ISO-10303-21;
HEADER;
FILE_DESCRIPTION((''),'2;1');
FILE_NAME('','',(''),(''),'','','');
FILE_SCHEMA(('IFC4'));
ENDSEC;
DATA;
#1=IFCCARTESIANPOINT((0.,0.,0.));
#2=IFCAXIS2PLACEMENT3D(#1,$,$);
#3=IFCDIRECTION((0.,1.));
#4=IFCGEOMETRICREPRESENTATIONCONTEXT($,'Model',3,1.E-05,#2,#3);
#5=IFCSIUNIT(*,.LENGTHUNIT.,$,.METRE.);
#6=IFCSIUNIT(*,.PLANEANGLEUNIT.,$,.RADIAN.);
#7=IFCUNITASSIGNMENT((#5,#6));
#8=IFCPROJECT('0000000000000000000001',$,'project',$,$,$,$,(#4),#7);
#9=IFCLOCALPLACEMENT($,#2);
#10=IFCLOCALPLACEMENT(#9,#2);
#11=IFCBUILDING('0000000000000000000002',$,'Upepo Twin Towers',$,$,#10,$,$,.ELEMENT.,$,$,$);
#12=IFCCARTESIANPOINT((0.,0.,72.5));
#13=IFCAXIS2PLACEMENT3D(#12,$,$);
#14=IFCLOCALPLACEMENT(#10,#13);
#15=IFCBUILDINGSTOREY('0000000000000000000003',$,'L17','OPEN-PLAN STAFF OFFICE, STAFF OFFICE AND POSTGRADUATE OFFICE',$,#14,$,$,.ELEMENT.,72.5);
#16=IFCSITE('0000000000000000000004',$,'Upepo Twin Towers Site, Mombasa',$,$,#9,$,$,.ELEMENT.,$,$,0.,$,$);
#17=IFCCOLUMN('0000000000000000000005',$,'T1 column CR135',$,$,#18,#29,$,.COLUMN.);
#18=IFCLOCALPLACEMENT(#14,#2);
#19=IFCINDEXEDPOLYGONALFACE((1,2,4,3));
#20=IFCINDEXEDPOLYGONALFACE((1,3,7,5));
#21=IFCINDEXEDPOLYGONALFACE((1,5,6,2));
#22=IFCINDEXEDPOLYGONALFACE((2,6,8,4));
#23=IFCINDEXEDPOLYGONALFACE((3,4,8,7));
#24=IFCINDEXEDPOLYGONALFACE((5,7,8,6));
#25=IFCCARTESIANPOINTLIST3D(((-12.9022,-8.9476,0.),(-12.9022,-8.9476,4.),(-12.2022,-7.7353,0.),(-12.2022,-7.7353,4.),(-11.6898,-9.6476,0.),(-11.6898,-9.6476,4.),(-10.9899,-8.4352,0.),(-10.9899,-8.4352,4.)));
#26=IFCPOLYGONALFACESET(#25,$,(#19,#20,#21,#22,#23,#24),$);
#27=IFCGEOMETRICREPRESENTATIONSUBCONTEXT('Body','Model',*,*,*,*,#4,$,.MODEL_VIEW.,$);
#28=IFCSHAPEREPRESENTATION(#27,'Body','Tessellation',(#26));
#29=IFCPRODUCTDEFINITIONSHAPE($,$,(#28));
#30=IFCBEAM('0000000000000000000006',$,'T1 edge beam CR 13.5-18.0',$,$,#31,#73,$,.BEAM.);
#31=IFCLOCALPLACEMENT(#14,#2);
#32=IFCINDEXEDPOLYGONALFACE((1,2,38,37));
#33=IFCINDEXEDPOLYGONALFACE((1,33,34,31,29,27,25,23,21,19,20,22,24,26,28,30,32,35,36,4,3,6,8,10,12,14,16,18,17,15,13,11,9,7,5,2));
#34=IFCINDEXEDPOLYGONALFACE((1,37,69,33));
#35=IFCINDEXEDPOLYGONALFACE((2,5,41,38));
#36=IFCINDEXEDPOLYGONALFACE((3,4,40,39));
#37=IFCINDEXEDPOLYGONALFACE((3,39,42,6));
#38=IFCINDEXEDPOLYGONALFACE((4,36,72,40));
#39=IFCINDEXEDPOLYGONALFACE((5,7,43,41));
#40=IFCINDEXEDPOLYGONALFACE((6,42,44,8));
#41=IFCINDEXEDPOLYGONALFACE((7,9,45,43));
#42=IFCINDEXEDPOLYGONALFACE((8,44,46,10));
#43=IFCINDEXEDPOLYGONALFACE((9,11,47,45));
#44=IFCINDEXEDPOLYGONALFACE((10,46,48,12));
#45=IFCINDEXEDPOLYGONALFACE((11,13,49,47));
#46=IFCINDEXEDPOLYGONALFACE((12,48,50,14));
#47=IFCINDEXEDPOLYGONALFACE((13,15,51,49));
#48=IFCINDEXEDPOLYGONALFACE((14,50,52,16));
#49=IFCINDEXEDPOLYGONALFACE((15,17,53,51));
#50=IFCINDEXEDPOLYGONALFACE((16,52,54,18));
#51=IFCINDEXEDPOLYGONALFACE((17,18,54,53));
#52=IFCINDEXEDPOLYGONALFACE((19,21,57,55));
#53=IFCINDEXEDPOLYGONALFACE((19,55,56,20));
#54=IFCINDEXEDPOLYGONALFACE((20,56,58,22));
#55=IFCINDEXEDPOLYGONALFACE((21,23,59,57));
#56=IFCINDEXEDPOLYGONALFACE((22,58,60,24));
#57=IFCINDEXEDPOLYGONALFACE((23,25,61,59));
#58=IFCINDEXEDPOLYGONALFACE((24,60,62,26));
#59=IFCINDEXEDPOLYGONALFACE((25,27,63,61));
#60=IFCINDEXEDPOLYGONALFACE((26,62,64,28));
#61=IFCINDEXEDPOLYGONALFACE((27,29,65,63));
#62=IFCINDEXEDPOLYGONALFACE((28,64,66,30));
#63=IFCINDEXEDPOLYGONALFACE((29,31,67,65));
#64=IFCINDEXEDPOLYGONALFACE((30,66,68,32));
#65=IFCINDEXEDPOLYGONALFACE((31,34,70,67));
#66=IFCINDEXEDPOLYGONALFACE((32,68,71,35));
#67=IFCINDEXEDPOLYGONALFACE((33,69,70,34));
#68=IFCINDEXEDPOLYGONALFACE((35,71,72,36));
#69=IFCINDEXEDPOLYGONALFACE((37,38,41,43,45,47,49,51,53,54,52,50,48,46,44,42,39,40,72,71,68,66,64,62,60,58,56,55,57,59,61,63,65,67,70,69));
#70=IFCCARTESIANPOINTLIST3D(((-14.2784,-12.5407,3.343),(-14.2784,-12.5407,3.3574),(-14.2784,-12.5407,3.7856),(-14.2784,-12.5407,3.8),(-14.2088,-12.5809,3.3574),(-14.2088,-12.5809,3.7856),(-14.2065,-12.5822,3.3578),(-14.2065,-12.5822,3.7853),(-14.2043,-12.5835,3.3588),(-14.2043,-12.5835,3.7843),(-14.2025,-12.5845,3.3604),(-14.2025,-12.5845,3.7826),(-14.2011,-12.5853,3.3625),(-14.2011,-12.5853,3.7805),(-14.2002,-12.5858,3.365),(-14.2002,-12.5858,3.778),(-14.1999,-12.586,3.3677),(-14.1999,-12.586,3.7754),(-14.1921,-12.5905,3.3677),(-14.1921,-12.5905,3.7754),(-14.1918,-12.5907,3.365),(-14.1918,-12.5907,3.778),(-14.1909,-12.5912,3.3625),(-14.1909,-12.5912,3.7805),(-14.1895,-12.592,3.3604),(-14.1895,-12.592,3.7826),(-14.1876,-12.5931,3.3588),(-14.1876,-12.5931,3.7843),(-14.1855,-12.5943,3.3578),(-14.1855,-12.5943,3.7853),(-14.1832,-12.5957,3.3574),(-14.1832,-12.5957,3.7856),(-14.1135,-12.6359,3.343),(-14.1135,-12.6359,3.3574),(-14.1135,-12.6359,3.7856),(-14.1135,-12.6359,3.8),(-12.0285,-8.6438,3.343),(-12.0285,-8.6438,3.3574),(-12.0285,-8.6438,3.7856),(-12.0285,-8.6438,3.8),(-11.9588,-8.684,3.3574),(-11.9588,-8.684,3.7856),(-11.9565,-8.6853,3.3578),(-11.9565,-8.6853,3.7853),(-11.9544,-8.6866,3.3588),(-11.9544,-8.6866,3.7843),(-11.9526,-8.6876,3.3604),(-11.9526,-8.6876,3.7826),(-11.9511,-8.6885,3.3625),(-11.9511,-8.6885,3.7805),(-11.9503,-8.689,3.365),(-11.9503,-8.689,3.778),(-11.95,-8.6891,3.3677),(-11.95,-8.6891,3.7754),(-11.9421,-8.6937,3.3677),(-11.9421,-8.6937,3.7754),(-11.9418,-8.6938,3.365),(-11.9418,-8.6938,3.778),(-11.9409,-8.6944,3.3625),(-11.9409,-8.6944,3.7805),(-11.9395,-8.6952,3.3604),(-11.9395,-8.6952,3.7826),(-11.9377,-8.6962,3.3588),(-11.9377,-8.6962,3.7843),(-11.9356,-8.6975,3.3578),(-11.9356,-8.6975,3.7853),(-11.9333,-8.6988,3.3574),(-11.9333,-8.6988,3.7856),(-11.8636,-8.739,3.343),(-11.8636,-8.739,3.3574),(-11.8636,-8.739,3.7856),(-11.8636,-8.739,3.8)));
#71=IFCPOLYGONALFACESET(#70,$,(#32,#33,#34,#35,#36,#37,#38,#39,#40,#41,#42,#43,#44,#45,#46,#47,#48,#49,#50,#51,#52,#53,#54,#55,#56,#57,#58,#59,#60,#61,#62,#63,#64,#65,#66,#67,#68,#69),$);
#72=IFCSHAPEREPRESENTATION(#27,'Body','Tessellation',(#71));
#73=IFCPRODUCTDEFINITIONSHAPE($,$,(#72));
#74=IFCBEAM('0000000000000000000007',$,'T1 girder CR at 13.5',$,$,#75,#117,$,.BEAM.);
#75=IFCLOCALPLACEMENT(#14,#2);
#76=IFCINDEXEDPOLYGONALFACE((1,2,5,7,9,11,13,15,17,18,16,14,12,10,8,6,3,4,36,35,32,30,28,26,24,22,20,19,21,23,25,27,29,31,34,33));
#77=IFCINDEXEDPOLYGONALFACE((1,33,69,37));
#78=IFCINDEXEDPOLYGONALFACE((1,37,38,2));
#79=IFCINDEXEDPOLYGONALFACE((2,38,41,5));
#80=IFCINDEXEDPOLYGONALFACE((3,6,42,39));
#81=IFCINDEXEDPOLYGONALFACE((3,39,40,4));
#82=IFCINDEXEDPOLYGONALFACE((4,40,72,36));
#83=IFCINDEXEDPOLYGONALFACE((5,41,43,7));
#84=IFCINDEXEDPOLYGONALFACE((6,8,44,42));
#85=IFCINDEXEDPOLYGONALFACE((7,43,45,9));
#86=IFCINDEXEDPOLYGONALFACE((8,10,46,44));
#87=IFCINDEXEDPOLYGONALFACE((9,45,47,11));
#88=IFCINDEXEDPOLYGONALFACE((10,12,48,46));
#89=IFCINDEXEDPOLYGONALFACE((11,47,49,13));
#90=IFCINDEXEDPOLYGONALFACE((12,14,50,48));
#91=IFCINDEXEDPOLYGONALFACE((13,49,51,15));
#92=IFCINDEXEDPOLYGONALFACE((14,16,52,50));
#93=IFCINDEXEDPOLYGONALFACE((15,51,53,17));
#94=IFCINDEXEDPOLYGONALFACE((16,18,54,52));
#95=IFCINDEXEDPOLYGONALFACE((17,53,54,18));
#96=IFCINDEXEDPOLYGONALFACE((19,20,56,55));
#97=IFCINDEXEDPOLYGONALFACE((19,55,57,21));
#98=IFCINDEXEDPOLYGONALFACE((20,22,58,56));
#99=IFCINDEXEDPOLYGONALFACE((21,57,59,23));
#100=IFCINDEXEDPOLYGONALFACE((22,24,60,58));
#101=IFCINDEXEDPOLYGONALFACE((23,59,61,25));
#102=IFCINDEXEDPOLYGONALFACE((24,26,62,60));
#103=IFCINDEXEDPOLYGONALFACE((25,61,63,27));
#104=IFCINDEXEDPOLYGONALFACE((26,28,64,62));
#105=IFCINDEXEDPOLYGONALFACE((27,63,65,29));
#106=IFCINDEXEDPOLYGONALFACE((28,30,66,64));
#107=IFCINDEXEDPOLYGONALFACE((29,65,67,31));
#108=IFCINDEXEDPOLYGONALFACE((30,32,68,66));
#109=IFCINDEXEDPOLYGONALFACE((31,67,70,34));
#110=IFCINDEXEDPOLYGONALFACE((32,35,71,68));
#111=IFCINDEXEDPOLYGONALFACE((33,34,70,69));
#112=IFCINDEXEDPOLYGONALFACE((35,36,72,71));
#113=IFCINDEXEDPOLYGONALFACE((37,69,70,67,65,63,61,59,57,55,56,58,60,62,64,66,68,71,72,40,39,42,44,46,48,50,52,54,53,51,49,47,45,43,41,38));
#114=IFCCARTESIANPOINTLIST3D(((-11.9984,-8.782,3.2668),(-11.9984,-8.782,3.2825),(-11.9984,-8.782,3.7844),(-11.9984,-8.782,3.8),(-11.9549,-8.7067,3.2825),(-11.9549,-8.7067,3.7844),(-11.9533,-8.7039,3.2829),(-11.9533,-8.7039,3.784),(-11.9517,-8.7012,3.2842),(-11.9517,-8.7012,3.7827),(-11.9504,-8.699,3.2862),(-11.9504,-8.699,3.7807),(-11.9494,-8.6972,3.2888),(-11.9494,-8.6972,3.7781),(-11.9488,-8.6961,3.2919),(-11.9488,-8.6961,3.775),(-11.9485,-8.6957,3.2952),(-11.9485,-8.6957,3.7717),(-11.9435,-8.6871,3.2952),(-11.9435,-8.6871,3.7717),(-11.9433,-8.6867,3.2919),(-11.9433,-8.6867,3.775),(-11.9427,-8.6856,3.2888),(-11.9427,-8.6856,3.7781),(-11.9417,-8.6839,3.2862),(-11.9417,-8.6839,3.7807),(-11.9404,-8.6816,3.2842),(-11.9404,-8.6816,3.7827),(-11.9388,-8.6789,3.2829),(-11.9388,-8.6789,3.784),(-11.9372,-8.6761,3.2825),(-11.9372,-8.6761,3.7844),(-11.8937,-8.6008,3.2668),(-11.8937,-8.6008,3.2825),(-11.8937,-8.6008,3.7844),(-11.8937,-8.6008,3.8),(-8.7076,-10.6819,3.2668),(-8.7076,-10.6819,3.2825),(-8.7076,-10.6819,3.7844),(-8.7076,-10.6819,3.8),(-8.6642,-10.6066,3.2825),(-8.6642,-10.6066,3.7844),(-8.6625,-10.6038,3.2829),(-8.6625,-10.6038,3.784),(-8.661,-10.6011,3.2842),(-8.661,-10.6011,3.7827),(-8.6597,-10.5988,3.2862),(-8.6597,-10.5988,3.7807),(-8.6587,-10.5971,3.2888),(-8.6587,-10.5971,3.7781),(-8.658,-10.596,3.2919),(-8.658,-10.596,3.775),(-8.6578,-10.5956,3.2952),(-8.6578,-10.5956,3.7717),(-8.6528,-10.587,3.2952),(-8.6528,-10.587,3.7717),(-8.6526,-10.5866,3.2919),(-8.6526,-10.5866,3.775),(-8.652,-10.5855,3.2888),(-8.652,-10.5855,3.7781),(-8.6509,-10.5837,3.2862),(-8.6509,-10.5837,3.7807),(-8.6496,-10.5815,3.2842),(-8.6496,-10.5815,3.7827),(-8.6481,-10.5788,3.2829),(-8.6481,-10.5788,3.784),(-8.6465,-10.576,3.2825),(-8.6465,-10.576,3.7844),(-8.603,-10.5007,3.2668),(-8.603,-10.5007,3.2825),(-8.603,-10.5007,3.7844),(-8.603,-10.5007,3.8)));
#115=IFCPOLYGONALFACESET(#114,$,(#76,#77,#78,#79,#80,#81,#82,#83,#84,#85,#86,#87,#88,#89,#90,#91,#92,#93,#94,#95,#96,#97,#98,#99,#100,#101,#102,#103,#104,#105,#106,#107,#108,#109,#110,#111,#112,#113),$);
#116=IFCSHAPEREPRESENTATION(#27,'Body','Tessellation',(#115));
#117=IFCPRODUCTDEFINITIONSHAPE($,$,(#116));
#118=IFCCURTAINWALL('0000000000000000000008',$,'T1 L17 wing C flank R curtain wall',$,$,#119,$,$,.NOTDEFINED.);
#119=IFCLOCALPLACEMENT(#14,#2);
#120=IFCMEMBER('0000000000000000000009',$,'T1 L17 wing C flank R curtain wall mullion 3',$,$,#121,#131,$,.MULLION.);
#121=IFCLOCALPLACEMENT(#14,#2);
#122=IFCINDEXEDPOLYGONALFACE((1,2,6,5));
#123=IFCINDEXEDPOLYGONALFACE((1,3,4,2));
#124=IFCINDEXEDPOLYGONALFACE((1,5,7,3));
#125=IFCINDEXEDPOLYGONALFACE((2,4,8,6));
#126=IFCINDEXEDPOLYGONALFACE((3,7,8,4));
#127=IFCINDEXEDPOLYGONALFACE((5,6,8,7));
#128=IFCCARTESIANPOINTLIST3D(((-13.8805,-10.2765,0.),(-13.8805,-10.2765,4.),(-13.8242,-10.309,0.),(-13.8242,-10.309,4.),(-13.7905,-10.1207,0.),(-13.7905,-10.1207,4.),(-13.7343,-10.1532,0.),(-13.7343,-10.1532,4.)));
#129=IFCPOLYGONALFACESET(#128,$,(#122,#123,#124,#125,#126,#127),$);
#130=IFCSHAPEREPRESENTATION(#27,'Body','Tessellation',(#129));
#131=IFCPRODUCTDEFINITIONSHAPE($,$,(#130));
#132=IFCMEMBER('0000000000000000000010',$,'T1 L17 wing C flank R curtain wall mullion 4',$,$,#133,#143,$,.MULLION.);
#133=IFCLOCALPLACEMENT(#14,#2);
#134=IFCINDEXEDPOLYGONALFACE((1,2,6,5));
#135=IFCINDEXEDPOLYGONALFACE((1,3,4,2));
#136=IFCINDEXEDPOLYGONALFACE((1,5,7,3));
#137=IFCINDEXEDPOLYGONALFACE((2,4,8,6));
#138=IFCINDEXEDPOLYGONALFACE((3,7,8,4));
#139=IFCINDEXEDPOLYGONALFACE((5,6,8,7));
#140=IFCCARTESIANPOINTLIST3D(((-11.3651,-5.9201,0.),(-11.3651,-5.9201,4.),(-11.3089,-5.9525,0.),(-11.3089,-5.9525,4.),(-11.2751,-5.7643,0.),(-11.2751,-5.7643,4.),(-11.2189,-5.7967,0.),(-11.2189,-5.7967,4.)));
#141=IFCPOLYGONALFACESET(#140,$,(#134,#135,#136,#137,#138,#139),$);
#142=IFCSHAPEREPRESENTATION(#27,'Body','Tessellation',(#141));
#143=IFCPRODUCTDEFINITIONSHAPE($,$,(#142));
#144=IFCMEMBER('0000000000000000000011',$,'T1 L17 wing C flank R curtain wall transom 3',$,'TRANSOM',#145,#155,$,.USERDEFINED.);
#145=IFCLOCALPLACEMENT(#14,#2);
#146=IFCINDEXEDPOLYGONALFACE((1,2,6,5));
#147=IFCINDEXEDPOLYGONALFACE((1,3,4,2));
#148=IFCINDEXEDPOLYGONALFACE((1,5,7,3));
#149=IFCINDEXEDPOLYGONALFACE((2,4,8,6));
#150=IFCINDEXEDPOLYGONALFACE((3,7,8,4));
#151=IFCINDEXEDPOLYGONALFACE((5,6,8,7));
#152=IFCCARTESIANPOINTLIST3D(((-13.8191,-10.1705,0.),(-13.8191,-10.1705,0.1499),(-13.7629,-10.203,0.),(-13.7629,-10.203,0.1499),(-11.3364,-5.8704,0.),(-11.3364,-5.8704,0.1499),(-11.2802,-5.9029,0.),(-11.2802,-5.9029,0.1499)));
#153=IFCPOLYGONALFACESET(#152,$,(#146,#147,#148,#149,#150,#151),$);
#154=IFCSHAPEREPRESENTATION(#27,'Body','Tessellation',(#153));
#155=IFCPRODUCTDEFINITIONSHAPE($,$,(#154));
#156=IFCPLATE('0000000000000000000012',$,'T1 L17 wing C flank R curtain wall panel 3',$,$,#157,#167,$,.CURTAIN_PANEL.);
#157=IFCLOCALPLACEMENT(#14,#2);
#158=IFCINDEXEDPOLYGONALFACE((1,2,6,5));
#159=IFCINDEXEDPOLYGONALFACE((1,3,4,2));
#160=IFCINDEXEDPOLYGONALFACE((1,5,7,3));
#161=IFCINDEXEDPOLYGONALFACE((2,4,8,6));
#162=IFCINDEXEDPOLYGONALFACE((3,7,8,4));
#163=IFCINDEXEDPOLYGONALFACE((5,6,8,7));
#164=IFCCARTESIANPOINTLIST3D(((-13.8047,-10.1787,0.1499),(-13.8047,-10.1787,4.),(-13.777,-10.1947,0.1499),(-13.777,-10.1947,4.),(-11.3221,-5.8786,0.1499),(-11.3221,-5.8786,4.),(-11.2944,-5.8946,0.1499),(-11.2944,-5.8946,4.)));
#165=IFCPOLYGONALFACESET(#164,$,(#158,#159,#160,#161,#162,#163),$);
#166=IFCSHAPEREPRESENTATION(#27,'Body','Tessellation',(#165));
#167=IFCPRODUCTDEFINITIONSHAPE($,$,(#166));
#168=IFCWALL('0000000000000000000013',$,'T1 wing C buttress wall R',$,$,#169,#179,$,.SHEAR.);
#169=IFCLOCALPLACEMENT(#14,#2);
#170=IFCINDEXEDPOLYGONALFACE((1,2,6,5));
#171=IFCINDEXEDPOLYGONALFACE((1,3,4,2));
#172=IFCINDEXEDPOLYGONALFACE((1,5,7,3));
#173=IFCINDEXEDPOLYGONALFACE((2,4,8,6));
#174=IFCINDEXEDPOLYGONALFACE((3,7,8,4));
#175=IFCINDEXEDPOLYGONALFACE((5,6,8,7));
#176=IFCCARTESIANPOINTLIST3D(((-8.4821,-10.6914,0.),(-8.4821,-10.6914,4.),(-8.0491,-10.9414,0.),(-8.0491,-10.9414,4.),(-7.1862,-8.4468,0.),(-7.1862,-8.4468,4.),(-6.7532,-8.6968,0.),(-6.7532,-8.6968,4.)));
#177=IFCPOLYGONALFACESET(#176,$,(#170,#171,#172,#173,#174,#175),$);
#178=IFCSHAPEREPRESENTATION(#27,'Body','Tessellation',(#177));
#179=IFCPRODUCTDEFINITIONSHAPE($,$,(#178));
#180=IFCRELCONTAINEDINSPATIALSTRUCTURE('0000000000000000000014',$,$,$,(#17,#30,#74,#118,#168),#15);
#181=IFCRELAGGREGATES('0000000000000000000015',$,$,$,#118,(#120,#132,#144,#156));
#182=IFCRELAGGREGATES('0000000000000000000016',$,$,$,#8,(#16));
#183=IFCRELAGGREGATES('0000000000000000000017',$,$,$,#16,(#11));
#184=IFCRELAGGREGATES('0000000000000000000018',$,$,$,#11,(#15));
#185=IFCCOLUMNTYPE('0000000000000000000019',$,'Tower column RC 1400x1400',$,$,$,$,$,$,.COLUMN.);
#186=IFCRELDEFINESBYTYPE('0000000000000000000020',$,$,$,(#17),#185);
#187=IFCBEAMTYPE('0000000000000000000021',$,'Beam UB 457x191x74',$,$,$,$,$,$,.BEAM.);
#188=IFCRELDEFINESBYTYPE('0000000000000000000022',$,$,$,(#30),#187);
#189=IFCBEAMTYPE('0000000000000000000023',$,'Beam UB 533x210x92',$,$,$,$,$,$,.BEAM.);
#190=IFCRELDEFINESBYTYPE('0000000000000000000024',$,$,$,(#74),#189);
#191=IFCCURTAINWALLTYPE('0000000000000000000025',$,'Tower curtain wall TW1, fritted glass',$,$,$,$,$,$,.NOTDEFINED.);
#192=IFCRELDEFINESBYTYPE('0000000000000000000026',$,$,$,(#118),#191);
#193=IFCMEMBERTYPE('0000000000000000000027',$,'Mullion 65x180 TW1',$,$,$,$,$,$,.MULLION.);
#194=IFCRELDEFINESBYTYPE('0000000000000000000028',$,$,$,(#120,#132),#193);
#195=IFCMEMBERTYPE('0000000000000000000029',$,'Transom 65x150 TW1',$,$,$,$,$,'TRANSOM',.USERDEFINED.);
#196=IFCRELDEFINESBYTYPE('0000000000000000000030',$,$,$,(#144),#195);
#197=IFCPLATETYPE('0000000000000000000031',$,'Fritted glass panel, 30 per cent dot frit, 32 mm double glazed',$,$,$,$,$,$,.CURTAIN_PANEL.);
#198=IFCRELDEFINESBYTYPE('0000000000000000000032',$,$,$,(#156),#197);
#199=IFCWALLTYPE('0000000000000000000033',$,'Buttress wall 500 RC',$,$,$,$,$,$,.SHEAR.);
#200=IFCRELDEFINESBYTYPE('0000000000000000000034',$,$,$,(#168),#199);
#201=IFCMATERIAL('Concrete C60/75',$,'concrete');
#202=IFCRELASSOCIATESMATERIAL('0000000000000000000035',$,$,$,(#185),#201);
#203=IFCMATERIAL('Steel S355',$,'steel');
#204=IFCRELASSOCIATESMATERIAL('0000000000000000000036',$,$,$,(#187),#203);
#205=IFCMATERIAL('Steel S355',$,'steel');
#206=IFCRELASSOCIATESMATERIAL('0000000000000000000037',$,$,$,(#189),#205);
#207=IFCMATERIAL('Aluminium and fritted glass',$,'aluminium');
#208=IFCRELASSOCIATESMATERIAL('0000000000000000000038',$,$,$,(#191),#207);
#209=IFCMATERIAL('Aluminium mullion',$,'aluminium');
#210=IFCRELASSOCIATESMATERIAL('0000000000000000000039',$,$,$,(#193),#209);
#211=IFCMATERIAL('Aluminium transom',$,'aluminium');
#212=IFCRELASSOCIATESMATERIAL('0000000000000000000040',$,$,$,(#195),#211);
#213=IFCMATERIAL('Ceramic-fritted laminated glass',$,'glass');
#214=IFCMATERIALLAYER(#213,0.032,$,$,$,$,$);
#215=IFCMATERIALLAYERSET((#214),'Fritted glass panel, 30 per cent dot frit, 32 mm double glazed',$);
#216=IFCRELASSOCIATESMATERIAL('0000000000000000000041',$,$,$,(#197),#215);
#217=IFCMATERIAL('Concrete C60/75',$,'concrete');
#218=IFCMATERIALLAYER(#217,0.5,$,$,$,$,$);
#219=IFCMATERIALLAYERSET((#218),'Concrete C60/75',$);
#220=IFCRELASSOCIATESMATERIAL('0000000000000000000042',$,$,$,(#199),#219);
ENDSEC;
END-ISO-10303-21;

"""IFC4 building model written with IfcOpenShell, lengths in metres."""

from ifc_helpers import new_model, si_unit, direction, frame, frame_2d, origin, origin_2d, place, context, subcontext, project, spatial, rectangle, i_section, extrude, material, layer, layer_set, material_profile, profile_set, type_object, element, aggregate, save


model = new_model("IFC4")

# Units and contexts
model_context = context("Model", 3, precision=1e-05, world=origin(), true_north=direction((0.0, 1.0)))
body_context = subcontext(model_context, "Body", "Model", "MODEL_VIEW")
ifc_project = project(units=[si_unit("LENGTHUNIT", "METRE"), si_unit("PLANEANGLEUNIT", "RADIAN")], contexts=[model_context])

# Site, building, storey
site_placement = place(None, origin())
site = spatial("IfcSite", under=ifc_project, at=site_placement, Name="Upepo Twin Towers Site, Mombasa", CompositionType="ELEMENT", RefElevation=0.0)
building_placement = place(site_placement, origin())
building = spatial("IfcBuilding", under=site, at=building_placement, Name="Upepo Twin Towers", CompositionType="ELEMENT")
storey_placement = place(building_placement, frame((0.0, 0.0, 72.5)))
storey = spatial("IfcBuildingStorey", under=building, at=storey_placement, Name="L17", Description="OPEN-PLAN STAFF OFFICE, STAFF OFFICE AND POSTGRADUATE OFFICE", CompositionType="ELEMENT", Elevation=72.5)

# Column
ifc_material_1 = material(Name="Concrete C60/75", Category="concrete")
ifc_material_profile_1 = material_profile(ifc_material_1, rectangle(XDim=1.3999, YDim=1.3999, at=origin_2d()), Name="RC 1400x1400")
ifc_profile_set_1 = profile_set([ifc_material_profile_1], Name="Concrete C60/75")
column_type = type_object("IfcColumnType", Name="Tower column RC 1400x1400", PredefinedType="COLUMN", material=ifc_profile_set_1)
column_placement = place(storey_placement, frame((-11.946, -8.6914, 0.0), z_axis=(0.0, 0.0, 1.0), x_axis=(0.5, 0.866025, 0.0)))
element("IfcColumn", 1, at=column_placement, inside=storey, type_object=column_type, Name="T1 column CR135", PredefinedType="COLUMN", context=body_context, shape_type="SweptSolid", body=[
    extrude(rectangle(XDim=1.3999, YDim=1.3999, at=origin_2d()), origin(), (0.0, 0.0, 1.0), 4.0),
])

# Beams
ifc_material_2 = material(Name="Steel S355", Category="steel")
ifc_material_profile_2 = material_profile(ifc_material_2, i_section(OverallWidth=0.1904, OverallDepth=0.457, WebThickness=0.009, FlangeThickness=0.0144, FilletRadius=0.0103, at=origin_2d()), Name="UB 457x191x74")
ifc_profile_set_2 = profile_set([ifc_material_profile_2], Name="Steel S355")
beam_type_1 = type_object("IfcBeamType", Name="Beam UB 457x191x74", PredefinedType="BEAM", material=ifc_profile_set_2)
beam_1_placement = place(storey_placement, frame((-11.946, -8.6914, 3.5715), z_axis=(-0.500014, -0.866018, 0.0), x_axis=(0.866018, -0.500014, 0.0)))
element("IfcBeam", 2, at=beam_1_placement, inside=storey, type_object=beam_type_1, Name="T1 edge beam CR 13.5-18.0", PredefinedType="BEAM", context=body_context, shape_type="SweptSolid", body=[
    extrude(i_section(OverallWidth=0.1904, OverallDepth=0.457, WebThickness=0.009, FlangeThickness=0.0144, FilletRadius=0.0103, at=origin_2d()), origin(), (0.0, 0.0, 1.0), 4.4998),
])
ifc_material_3 = material(Name="Steel S355", Category="steel")
ifc_material_profile_3 = material_profile(ifc_material_3, i_section(OverallWidth=0.2092, OverallDepth=0.5332, WebThickness=0.01, FlangeThickness=0.0156, FilletRadius=0.0127, at=origin_2d()), Name="UB 533x210x92")
ifc_profile_set_3 = profile_set([ifc_material_profile_3], Name="Steel S355")
beam_type_2 = type_object("IfcBeamType", Name="Beam UB 533x210x92", PredefinedType="BEAM", material=ifc_profile_set_3)
beam_2_placement = place(storey_placement, frame((-11.946, -8.6914, 3.5334), z_axis=(0.866028, -0.499995, 0.0), x_axis=(0.499995, 0.866028, 0.0)))
element("IfcBeam", 3, at=beam_2_placement, inside=storey, type_object=beam_type_2, Name="T1 girder CR at 13.5", PredefinedType="BEAM", context=body_context, shape_type="SweptSolid", body=[
    extrude(i_section(OverallWidth=0.2092, OverallDepth=0.5332, WebThickness=0.01, FlangeThickness=0.0156, FilletRadius=0.0127, at=origin_2d()), origin(), (0.0, 0.0, 1.0), 3.7998),
])

# Curtain wall, members, plate
ifc_material_4 = material(Name="Aluminium and fritted glass", Category="aluminium")
curtain_wall_type = type_object("IfcCurtainWallType", Name="Tower curtain wall TW1, fritted glass", PredefinedType="NOTDEFINED", material=ifc_material_4)
curtain_wall_placement = place(storey_placement, origin())
curtain_wall = element("IfcCurtainWall", 4, at=curtain_wall_placement, inside=storey, type_object=curtain_wall_type, Name="T1 L17 wing C flank R curtain wall", PredefinedType="NOTDEFINED")
ifc_material_5 = material(Name="Aluminium mullion", Category="aluminium")
ifc_material_profile_4 = material_profile(ifc_material_5, rectangle(XDim=0.0649, YDim=0.1799, at=origin_2d()), Name="MULLION 65x180")
ifc_profile_set_4 = profile_set([ifc_material_profile_4], Name="Aluminium mullion")
member_type_1 = type_object("IfcMemberType", Name="Mullion 65x180 TW1", PredefinedType="MULLION", material=ifc_profile_set_4)
member_1_placement = place(storey_placement, frame((-13.8074, -10.2148, 0.0), z_axis=(0.0, 0.0, 1.0), x_axis=(-0.866025, 0.5, 0.0)))
member_1 = element("IfcMember", 5, at=member_1_placement, type_object=member_type_1, Name="T1 L17 wing C flank R curtain wall mullion 3", PredefinedType="MULLION", context=body_context, shape_type="SweptSolid", body=[
    extrude(rectangle(XDim=0.0649, YDim=0.1799, at=origin_2d()), origin(), (0.0, 0.0, 1.0), 4.0),
])
member_2_placement = place(storey_placement, frame((-11.292, -5.8584, 0.0), z_axis=(0.0, 0.0, 1.0), x_axis=(-0.866025, 0.5, 0.0)))
member_2 = element("IfcMember", 6, at=member_2_placement, type_object=member_type_1, Name="T1 L17 wing C flank R curtain wall mullion 4", PredefinedType="MULLION", context=body_context, shape_type="SweptSolid", body=[
    extrude(rectangle(XDim=0.0649, YDim=0.1799, at=origin_2d()), origin(), (0.0, 0.0, 1.0), 4.0),
])
ifc_material_6 = material(Name="Aluminium transom", Category="aluminium")
ifc_material_profile_5 = material_profile(ifc_material_6, rectangle(XDim=0.0649, YDim=0.1499, at=origin_2d()), Name="TRANSOM 65x150")
ifc_profile_set_5 = profile_set([ifc_material_profile_5], Name="Aluminium transom")
member_type_2 = type_object("IfcMemberType", Name="Transom 65x150 TW1", ElementType="TRANSOM", PredefinedType="USERDEFINED", material=ifc_profile_set_5)
member_3_placement = place(storey_placement, frame((-13.791, -10.1868, 0.075), z_axis=(0.500005, 0.866023, 0.0), x_axis=(-0.866023, 0.500005, 0.0)))
member_3 = element("IfcMember", 7, at=member_3_placement, type_object=member_type_2, Name="T1 L17 wing C flank R curtain wall transom 3", ObjectType="TRANSOM", PredefinedType="USERDEFINED", context=body_context, shape_type="SweptSolid", body=[
    extrude(rectangle(XDim=0.0649, YDim=0.1499, at=origin_2d()), origin(), (0.0, 0.0, 1.0), 4.9653),
])
ifc_material_7 = material(Name="Ceramic-fritted laminated glass", Category="glass")
ifc_layer_1 = layer(ifc_material_7, 0.032)
ifc_layer_set_1 = layer_set([ifc_layer_1], Name="Fritted glass panel, 30 per cent dot frit, 32 mm double glazed")
plate_type = type_object("IfcPlateType", Name="Fritted glass panel, 30 per cent dot frit, 32 mm double glazed", PredefinedType="CURTAIN_PANEL", material=ifc_layer_set_1)
plate_placement = place(storey_placement, frame((-12.5496, -8.0366, 0.1499), z_axis=(0.0, 0.0, 1.0), x_axis=(0.5, 0.866025, 0.0)))
plate = element("IfcPlate", 8, at=plate_placement, type_object=plate_type, Name="T1 L17 wing C flank R curtain wall panel 3", PredefinedType="CURTAIN_PANEL", context=body_context, shape_type="SweptSolid", body=[
    extrude(rectangle(XDim=4.9653, YDim=0.032, at=origin_2d()), origin(), (0.0, 0.0, 1.0), 3.8501),
])
aggregate(curtain_wall, [member_1, member_2, member_3, plate])

# Wall
ifc_material_8 = material(Name="Concrete C60/75", Category="concrete")
ifc_layer_2 = layer(ifc_material_8, 0.5)
ifc_layer_set_2 = layer_set([ifc_layer_2], Name="Concrete C60/75")
wall_type_1 = type_object("IfcWallType", Name="Buttress wall 500 RC", PredefinedType="SHEAR", material=ifc_layer_set_2)
wall_1_placement = place(storey_placement, frame((-6.9697, -8.5718, 0.0), z_axis=(0.0, 0.0, 1.0), x_axis=(-0.499989, -0.866032, 0.0)))
element("IfcWall", 9, at=wall_1_placement, inside=storey, type_object=wall_type_1, Name="T1 wing C buttress wall R", PredefinedType="SHEAR", context=body_context, shape_type="SweptSolid", body=[
    extrude(rectangle(XDim=2.5918, YDim=0.5, at=frame_2d((1.2959, 0.0))), origin(), (0.0, 0.0, 1.0), 4.0),
])

save(model, "model.ifc")
